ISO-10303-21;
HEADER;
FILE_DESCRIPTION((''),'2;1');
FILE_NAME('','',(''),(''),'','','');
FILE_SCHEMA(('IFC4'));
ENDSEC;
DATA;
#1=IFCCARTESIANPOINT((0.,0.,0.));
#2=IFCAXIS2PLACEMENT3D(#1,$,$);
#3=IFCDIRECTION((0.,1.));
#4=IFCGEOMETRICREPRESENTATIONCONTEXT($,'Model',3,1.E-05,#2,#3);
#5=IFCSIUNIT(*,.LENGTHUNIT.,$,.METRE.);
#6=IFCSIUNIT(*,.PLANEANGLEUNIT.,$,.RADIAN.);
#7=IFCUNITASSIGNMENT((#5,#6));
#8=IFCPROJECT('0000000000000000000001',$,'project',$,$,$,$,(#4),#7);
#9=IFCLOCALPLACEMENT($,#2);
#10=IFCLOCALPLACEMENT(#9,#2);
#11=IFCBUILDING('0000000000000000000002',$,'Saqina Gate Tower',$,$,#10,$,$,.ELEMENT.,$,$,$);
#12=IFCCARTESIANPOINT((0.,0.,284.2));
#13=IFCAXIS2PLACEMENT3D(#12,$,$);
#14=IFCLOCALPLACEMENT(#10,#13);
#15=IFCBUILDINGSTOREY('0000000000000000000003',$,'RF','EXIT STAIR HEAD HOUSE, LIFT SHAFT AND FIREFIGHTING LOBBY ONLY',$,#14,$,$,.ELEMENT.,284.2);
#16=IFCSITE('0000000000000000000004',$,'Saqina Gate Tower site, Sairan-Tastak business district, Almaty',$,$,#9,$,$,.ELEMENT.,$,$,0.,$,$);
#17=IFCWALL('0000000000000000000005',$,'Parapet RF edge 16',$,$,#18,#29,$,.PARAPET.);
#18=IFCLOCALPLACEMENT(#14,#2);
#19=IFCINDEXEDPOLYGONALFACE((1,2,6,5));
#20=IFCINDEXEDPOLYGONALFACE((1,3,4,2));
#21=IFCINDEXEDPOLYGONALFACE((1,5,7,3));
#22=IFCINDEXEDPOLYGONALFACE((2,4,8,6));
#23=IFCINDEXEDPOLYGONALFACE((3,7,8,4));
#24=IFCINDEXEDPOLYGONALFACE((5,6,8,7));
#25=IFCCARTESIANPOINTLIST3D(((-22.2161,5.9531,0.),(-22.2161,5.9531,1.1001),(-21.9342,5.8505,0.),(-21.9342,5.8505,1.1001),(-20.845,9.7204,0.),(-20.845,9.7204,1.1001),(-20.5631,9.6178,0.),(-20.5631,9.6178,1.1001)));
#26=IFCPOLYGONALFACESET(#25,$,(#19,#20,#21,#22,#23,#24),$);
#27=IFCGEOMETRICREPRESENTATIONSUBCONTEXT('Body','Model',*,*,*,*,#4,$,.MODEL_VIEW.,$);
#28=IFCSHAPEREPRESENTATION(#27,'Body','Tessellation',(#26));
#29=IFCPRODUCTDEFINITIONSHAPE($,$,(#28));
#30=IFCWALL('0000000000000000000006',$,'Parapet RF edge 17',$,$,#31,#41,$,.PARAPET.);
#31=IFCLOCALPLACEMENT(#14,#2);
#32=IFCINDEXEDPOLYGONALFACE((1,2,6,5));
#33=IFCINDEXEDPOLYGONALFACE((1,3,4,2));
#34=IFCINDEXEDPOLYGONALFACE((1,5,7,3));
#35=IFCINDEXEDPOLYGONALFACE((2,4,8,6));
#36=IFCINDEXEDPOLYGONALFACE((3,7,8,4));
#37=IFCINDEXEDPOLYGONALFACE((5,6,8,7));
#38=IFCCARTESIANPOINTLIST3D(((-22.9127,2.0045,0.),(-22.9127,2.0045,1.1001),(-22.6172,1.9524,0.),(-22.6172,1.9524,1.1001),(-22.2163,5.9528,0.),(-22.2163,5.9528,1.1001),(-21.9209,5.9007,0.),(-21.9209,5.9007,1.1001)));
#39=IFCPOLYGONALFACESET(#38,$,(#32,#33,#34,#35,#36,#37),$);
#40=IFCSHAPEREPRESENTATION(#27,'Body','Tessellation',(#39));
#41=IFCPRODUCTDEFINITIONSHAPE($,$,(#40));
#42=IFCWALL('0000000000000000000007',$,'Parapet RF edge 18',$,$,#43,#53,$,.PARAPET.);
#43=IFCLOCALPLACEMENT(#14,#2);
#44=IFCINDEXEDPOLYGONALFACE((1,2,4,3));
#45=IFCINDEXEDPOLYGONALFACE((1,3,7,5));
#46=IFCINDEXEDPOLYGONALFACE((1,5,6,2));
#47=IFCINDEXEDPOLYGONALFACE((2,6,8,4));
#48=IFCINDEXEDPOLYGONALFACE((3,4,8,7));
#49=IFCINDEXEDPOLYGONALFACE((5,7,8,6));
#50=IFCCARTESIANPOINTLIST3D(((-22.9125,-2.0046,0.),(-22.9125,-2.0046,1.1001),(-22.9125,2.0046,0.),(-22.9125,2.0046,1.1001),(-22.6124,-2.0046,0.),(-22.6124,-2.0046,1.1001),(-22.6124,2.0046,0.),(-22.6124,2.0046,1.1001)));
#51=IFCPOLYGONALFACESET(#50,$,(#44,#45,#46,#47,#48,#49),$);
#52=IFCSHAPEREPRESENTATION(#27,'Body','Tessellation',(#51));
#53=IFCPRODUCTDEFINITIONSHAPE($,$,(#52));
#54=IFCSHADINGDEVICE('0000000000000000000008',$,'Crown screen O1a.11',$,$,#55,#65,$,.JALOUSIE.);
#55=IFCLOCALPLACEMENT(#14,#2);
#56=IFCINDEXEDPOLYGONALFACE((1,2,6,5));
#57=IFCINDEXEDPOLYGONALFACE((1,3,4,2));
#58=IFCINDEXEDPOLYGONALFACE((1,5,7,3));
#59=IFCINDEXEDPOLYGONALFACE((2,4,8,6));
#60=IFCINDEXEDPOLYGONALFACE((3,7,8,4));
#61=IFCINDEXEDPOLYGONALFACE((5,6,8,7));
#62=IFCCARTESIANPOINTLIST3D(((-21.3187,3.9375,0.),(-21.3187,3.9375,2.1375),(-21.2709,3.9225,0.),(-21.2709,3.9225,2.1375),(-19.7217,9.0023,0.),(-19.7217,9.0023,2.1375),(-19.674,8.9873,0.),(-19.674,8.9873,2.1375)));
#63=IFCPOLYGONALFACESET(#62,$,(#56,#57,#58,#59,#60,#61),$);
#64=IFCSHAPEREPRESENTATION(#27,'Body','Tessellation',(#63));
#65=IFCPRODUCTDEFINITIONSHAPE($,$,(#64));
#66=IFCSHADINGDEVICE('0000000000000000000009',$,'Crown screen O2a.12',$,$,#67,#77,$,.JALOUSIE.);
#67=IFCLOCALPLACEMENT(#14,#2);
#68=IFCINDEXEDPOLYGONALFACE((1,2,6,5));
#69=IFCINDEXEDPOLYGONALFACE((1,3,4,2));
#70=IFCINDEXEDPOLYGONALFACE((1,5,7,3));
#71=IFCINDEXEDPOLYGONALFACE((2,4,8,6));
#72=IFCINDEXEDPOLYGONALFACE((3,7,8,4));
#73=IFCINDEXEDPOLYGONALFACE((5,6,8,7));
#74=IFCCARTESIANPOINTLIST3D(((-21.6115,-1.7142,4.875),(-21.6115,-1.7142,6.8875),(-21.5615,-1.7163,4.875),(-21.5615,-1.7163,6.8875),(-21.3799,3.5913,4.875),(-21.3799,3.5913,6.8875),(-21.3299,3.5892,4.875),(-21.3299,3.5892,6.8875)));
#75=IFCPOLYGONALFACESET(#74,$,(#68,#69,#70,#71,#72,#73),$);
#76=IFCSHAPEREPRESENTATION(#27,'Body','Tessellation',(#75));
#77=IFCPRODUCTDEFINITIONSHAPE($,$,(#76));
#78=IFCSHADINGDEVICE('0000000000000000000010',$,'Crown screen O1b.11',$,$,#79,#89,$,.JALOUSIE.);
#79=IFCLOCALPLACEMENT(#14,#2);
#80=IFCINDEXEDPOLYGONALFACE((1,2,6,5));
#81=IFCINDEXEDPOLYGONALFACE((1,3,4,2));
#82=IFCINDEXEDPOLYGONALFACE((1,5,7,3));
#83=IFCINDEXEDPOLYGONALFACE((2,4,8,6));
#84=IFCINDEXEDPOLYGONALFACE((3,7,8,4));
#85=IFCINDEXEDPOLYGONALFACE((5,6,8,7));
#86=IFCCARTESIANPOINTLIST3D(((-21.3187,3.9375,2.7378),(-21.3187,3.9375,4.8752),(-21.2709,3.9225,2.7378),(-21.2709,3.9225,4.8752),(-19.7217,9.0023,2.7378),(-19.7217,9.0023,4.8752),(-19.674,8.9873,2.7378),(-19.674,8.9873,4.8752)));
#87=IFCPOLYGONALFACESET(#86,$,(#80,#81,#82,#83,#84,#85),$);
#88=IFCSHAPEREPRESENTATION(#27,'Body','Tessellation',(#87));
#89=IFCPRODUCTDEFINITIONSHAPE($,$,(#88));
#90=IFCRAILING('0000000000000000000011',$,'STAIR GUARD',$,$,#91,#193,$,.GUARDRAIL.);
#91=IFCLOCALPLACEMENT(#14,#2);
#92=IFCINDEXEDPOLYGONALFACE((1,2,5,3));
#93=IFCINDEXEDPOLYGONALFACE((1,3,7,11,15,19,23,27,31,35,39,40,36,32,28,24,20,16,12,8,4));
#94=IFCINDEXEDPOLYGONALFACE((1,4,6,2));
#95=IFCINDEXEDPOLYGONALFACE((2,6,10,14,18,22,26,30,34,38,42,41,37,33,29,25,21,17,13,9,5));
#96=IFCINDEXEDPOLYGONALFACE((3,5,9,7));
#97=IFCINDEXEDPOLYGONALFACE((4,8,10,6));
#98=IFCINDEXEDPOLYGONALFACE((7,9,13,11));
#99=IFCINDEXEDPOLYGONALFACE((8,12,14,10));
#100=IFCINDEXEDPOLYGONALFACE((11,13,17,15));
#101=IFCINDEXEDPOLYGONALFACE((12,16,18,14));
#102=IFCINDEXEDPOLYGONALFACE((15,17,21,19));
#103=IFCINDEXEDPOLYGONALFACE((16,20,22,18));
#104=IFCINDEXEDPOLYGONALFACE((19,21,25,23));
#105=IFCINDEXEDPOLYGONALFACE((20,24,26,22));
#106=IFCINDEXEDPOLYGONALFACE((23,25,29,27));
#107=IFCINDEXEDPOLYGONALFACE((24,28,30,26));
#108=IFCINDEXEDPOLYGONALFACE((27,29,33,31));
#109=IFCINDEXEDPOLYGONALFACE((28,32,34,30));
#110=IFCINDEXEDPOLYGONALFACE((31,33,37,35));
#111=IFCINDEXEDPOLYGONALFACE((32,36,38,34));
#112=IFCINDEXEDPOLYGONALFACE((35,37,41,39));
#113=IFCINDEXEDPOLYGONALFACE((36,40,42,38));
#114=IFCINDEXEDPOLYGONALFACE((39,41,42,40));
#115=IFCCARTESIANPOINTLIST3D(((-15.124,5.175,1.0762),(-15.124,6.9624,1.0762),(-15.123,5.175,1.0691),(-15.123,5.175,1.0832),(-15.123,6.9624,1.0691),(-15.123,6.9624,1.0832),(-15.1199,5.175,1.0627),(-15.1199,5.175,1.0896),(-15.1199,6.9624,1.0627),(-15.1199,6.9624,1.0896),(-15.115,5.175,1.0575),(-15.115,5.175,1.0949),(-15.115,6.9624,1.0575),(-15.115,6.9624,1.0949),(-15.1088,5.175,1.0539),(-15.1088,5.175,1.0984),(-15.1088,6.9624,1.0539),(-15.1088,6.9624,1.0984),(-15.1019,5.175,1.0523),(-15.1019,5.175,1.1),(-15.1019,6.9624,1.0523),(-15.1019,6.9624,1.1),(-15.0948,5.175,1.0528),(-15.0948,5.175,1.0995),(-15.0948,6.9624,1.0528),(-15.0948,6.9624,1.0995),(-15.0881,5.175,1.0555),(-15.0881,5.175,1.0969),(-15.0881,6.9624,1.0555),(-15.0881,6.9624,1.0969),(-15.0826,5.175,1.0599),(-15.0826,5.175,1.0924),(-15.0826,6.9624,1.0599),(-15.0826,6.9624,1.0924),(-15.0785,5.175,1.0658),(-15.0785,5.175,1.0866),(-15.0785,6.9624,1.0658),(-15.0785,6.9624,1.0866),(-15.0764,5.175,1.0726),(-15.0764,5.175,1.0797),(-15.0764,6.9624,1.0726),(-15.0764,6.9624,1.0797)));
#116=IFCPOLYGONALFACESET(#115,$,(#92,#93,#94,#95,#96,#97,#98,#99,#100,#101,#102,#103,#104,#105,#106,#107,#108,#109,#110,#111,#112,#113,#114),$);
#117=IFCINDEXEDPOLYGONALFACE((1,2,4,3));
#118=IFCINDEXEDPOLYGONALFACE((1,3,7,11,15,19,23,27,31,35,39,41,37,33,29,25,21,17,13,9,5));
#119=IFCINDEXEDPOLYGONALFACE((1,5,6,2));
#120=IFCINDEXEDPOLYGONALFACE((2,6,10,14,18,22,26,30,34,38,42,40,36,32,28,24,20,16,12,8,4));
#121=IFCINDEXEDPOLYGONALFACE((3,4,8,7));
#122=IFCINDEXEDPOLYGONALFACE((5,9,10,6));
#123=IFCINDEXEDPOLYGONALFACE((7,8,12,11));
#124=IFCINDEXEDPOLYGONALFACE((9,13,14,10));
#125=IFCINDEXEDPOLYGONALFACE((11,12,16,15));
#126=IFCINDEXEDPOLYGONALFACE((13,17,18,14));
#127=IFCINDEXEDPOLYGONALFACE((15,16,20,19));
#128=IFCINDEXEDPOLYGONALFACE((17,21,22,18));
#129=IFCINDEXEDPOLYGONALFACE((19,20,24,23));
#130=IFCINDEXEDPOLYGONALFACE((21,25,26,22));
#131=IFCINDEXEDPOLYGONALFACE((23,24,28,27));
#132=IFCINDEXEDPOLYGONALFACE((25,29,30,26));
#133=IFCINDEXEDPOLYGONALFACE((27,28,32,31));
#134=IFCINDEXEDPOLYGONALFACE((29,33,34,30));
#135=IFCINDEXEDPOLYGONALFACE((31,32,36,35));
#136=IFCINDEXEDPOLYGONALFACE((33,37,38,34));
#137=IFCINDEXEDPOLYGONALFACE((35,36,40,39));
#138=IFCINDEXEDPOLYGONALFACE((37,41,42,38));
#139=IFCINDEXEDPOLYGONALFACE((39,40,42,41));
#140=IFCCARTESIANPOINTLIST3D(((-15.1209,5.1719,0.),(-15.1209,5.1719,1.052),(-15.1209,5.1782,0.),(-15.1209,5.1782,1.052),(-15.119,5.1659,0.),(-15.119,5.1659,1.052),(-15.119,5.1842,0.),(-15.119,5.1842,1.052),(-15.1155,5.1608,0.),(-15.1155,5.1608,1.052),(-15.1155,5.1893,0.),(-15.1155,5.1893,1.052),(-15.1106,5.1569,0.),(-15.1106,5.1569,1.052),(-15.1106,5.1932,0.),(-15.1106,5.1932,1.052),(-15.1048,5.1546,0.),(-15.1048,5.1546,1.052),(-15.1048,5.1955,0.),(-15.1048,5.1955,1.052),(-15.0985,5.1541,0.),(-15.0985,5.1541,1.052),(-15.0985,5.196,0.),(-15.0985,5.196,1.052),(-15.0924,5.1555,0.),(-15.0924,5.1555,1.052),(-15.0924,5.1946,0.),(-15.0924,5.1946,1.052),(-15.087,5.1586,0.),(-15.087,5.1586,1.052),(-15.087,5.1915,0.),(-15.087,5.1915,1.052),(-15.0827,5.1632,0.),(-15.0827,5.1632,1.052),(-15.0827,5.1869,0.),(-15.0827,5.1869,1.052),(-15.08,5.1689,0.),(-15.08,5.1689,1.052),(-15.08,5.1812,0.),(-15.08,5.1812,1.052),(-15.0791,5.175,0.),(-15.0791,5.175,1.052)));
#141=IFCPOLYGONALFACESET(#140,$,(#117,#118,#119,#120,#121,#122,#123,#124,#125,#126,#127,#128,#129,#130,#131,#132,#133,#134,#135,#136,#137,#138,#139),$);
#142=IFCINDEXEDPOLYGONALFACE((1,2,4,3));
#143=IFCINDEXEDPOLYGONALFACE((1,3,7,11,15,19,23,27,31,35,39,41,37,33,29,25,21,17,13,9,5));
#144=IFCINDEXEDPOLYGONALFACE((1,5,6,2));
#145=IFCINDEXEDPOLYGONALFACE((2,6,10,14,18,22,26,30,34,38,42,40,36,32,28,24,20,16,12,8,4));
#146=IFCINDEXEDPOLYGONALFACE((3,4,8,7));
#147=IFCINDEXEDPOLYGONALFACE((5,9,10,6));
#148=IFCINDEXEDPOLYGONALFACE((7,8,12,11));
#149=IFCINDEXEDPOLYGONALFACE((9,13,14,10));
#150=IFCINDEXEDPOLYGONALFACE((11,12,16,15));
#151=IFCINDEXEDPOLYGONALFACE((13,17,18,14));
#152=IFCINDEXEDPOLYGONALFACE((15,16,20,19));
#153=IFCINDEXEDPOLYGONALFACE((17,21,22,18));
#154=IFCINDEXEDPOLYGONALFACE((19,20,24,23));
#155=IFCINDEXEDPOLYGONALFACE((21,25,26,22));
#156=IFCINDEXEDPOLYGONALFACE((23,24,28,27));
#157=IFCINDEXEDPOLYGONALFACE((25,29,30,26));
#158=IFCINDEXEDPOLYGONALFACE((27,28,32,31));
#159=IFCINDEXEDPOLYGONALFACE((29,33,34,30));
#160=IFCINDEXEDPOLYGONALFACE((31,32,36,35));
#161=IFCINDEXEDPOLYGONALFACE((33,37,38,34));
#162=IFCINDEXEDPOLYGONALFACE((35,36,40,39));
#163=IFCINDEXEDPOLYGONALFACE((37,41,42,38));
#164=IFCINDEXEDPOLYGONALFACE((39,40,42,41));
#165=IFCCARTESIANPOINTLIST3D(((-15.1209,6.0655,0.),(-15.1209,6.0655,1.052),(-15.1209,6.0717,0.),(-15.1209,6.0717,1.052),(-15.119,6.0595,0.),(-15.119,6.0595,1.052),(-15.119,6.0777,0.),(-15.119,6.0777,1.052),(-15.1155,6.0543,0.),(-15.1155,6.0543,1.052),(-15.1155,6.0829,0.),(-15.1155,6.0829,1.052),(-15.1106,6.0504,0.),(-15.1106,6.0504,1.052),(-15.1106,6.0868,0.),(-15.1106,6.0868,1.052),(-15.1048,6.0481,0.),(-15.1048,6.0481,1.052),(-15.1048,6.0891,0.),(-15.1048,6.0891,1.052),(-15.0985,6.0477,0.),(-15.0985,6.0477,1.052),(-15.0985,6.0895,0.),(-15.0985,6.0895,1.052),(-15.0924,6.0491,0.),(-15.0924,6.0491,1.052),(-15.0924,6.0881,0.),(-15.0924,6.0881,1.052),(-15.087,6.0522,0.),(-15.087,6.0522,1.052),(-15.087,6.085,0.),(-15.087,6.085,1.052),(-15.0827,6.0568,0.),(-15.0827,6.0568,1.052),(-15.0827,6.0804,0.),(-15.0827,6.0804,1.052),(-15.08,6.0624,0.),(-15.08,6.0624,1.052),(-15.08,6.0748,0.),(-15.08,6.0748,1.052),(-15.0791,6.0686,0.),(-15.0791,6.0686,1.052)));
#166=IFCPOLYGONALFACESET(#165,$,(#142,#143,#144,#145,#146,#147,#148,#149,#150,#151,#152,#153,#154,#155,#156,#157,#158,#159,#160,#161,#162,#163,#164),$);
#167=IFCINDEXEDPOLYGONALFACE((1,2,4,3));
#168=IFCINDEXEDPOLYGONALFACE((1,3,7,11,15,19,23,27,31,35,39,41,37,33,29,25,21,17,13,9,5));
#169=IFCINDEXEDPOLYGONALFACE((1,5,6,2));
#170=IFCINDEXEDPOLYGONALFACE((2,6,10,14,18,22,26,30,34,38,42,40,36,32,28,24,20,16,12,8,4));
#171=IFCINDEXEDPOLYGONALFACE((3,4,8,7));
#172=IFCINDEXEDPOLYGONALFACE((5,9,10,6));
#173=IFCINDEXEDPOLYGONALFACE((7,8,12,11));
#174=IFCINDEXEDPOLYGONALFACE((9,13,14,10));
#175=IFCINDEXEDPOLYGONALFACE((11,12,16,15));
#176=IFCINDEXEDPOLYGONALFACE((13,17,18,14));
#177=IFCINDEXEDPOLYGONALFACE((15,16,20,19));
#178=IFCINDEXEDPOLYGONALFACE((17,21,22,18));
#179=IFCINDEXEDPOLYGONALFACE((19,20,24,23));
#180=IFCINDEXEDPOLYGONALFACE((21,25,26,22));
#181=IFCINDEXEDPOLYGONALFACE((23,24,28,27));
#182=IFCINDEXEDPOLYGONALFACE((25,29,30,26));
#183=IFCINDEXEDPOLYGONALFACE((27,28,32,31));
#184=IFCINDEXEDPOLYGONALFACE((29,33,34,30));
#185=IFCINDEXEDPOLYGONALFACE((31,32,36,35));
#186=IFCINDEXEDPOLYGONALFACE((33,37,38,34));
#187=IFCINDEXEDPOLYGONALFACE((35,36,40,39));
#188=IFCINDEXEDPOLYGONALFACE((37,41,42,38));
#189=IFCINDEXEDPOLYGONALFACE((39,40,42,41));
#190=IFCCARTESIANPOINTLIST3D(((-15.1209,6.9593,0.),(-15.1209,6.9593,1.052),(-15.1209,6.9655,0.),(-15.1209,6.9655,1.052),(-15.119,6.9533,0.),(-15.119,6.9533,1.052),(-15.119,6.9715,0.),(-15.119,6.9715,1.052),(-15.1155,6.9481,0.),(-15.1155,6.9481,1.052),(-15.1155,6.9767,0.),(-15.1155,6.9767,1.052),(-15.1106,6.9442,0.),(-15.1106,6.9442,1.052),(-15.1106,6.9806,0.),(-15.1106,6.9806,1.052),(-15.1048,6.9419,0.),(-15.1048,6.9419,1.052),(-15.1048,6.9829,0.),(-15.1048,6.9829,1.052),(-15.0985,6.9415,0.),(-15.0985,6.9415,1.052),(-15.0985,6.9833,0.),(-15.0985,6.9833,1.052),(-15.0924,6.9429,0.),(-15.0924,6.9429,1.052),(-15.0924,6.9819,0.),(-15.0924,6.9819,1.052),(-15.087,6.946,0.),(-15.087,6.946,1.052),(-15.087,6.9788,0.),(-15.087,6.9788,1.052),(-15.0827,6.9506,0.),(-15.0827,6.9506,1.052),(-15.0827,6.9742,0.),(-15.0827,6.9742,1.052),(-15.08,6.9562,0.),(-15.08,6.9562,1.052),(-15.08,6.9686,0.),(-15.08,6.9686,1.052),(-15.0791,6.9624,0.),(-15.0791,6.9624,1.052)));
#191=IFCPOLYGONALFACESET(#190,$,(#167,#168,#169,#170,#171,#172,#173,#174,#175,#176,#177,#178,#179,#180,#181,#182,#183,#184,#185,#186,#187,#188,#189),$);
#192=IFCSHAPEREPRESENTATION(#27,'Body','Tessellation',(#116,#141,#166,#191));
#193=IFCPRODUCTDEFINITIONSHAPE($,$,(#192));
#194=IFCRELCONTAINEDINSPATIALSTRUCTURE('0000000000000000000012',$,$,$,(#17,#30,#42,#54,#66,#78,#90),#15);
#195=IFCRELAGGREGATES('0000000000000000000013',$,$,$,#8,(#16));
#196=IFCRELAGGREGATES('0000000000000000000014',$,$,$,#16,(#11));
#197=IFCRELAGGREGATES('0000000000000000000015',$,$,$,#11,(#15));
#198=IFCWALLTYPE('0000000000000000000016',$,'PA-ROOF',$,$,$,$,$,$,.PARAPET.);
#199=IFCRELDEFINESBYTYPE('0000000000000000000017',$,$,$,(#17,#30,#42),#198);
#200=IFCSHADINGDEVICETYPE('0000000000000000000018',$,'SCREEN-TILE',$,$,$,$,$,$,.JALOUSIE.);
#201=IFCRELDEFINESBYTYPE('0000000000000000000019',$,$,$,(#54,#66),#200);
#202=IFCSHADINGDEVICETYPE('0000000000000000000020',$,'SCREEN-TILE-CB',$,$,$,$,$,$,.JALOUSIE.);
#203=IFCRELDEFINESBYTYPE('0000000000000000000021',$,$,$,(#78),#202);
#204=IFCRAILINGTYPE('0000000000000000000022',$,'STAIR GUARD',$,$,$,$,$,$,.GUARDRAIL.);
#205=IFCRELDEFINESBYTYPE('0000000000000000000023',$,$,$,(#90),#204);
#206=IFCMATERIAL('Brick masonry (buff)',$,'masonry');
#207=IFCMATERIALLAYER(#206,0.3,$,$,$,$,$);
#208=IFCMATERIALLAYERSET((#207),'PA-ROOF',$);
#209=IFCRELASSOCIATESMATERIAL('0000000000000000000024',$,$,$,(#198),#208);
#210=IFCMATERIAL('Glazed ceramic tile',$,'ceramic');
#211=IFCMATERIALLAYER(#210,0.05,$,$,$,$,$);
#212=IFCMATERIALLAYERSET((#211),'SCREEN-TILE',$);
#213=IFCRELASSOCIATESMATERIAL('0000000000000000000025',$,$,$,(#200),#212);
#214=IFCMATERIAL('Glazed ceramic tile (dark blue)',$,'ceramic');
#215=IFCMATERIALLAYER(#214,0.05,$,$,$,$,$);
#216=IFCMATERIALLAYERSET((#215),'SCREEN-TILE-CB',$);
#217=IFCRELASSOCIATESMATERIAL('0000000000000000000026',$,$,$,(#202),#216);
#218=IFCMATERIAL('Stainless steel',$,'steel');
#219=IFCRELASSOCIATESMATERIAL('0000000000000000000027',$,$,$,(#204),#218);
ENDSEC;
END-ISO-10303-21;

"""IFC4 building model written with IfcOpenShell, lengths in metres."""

from ifc_helpers import new_model, si_unit, direction, frame, frame_2d, origin, origin_2d, place, context, subcontext, project, spatial, rectangle, circle, extrude, material, layer, layer_set, type_object, element, save


model = new_model("IFC4")

# Units and contexts
model_context = context("Model", 3, precision=1e-05, world=origin(), true_north=direction((0.0, 1.0)))
body_context = subcontext(model_context, "Body", "Model", "MODEL_VIEW")
ifc_project = project(units=[si_unit("LENGTHUNIT", "METRE"), si_unit("PLANEANGLEUNIT", "RADIAN")], contexts=[model_context])

# Site, building, storey
site_placement = place(None, origin())
site = spatial("IfcSite", under=ifc_project, at=site_placement, Name="Saqina Gate Tower site, Sairan-Tastak business district, Almaty", CompositionType="ELEMENT", RefElevation=0.0)
building_placement = place(site_placement, origin())
building = spatial("IfcBuilding", under=site, at=building_placement, Name="Saqina Gate Tower", CompositionType="ELEMENT")
storey_placement = place(building_placement, frame((0.0, 0.0, 284.2)))
storey = spatial("IfcBuildingStorey", under=building, at=storey_placement, Name="RF", Description="EXIT STAIR HEAD HOUSE, LIFT SHAFT AND FIREFIGHTING LOBBY ONLY", CompositionType="ELEMENT", Elevation=284.2)

# Walls
ifc_material_1 = material(Name="Brick masonry (buff)", Category="masonry")
ifc_layer_1 = layer(ifc_material_1, 0.3)
ifc_layer_set_1 = layer_set([ifc_layer_1], Name="PA-ROOF")
wall_type_1 = type_object("IfcWallType", Name="PA-ROOF", PredefinedType="PARAPET", material=ifc_layer_set_1)
wall_1_placement = place(storey_placement, frame((-20.7041, 9.6689, 0.0), z_axis=(0.0, 0.0, 1.0), x_axis=(-0.341997, -0.939701, 0.0)))
element("IfcWall", 1, at=wall_1_placement, inside=storey, type_object=wall_type_1, Name="Parapet RF edge 16", PredefinedType="PARAPET", context=body_context, shape_type="SweptSolid", body=[
    extrude(rectangle(XDim=4.009, YDim=0.3, at=frame_2d((2.0044, 0.0))), origin(), (0.0, 0.0, 1.0), 1.1001),
])
for number, where, z_axis, x_axis, name in (
    (2, (-22.0686, 5.9268, 0.0), (0.0, 0.0, 1.0), (-0.173674, -0.984803, 0.0), "Parapet RF edge 17"),
    (3, (-22.7625, 2.0046, 0.0), (0.0, 0.0, 1.0), (0.0, -1.0, 0.0), "Parapet RF edge 18"),
):
    element("IfcWall", number, at=place(storey_placement, frame(where, z_axis=z_axis, x_axis=x_axis)), inside=storey, type_object=wall_type_1, Name=name, PredefinedType="PARAPET", context=body_context, shape_type="SweptSolid", body=[
        extrude(rectangle(XDim=4.0093, YDim=0.3, at=frame_2d((2.0046, 0.0))), origin(), (0.0, 0.0, 1.0), 1.1001),
    ])

# Shading devices
ifc_material_2 = material(Name="Glazed ceramic tile", Category="ceramic")
ifc_layer_2 = layer(ifc_material_2, 0.05)
ifc_layer_set_2 = layer_set([ifc_layer_2], Name="SCREEN-TILE")
shading_device_type_1 = type_object("IfcShadingDeviceType", Name="SCREEN-TILE", PredefinedType="JALOUSIE", material=ifc_layer_set_2)
shading_device_1_placement = place(storey_placement, frame((-20.4963, 6.4624, 0.0), z_axis=(0.0, 0.0, 1.0), x_axis=(-0.300706, -0.953717, 0.0)))
element("IfcShadingDevice", 4, at=shading_device_1_placement, inside=storey, type_object=shading_device_type_1, Name="Crown screen O1a.11", PredefinedType="JALOUSIE", context=body_context, shape_type="SweptSolid", body=[
    extrude(rectangle(XDim=5.3105, YDim=0.05, at=origin_2d()), origin(), (0.0, 0.0, 1.0), 2.1375),
])
shading_device_2_placement = place(storey_placement, frame((-21.4707, 0.9375, 4.875), z_axis=(0.0, 0.0, 1.0), x_axis=(-0.043619, -0.999048, 0.0)))
element("IfcShadingDevice", 5, at=shading_device_2_placement, inside=storey, type_object=shading_device_type_1, Name="Crown screen O2a.12", PredefinedType="JALOUSIE", context=body_context, shape_type="SweptSolid", body=[
    extrude(rectangle(XDim=5.3105, YDim=0.05, at=origin_2d()), origin(), (0.0, 0.0, 1.0), 2.0125),
])
ifc_material_3 = material(Name="Glazed ceramic tile (dark blue)", Category="ceramic")
ifc_layer_3 = layer(ifc_material_3, 0.05)
ifc_layer_set_3 = layer_set([ifc_layer_3], Name="SCREEN-TILE-CB")
shading_device_type_2 = type_object("IfcShadingDeviceType", Name="SCREEN-TILE-CB", PredefinedType="JALOUSIE", material=ifc_layer_set_3)
shading_device_3_placement = place(storey_placement, frame((-20.4963, 6.4624, 2.7378), z_axis=(0.0, 0.0, 1.0), x_axis=(-0.300706, -0.953717, 0.0)))
element("IfcShadingDevice", 6, at=shading_device_3_placement, inside=storey, type_object=shading_device_type_2, Name="Crown screen O1b.11", PredefinedType="JALOUSIE", context=body_context, shape_type="SweptSolid", body=[
    extrude(rectangle(XDim=5.3105, YDim=0.05, at=origin_2d()), origin(), (0.0, 0.0, 1.0), 2.1375),
])

# Railing
ifc_material_4 = material(Name="Stainless steel", Category="steel")
railing_type = type_object("IfcRailingType", Name="STAIR GUARD", PredefinedType="GUARDRAIL", material=ifc_material_4)
railing_placement = place(storey_placement, frame((-15.1001, 5.175, 0.0)))
element("IfcRailing", 7, at=railing_placement, inside=storey, type_object=railing_type, Name="STAIR GUARD", PredefinedType="GUARDRAIL", context=body_context, shape_type="SweptSolid", body=[
    extrude(circle(Radius=0.0239, at=origin_2d()), frame((0.0, 0.0, 1.0762), z_axis=(0.0, 1.0, 0.0), x_axis=(-1.0, 0.0, 0.0)), (0.0, 0.0, 1.0), 1.7874),
    extrude(circle(Radius=0.021, at=origin_2d()), origin(), (0.0, 0.0, 1.0), 1.052),
    extrude(circle(Radius=0.021, at=origin_2d()), frame((0.0, 0.8936, 0.0)), (0.0, 0.0, 1.0), 1.052),
    extrude(circle(Radius=0.021, at=origin_2d()), frame((0.0, 1.7874, 0.0)), (0.0, 0.0, 1.0), 1.052),
])

save(model, "model.ifc")
